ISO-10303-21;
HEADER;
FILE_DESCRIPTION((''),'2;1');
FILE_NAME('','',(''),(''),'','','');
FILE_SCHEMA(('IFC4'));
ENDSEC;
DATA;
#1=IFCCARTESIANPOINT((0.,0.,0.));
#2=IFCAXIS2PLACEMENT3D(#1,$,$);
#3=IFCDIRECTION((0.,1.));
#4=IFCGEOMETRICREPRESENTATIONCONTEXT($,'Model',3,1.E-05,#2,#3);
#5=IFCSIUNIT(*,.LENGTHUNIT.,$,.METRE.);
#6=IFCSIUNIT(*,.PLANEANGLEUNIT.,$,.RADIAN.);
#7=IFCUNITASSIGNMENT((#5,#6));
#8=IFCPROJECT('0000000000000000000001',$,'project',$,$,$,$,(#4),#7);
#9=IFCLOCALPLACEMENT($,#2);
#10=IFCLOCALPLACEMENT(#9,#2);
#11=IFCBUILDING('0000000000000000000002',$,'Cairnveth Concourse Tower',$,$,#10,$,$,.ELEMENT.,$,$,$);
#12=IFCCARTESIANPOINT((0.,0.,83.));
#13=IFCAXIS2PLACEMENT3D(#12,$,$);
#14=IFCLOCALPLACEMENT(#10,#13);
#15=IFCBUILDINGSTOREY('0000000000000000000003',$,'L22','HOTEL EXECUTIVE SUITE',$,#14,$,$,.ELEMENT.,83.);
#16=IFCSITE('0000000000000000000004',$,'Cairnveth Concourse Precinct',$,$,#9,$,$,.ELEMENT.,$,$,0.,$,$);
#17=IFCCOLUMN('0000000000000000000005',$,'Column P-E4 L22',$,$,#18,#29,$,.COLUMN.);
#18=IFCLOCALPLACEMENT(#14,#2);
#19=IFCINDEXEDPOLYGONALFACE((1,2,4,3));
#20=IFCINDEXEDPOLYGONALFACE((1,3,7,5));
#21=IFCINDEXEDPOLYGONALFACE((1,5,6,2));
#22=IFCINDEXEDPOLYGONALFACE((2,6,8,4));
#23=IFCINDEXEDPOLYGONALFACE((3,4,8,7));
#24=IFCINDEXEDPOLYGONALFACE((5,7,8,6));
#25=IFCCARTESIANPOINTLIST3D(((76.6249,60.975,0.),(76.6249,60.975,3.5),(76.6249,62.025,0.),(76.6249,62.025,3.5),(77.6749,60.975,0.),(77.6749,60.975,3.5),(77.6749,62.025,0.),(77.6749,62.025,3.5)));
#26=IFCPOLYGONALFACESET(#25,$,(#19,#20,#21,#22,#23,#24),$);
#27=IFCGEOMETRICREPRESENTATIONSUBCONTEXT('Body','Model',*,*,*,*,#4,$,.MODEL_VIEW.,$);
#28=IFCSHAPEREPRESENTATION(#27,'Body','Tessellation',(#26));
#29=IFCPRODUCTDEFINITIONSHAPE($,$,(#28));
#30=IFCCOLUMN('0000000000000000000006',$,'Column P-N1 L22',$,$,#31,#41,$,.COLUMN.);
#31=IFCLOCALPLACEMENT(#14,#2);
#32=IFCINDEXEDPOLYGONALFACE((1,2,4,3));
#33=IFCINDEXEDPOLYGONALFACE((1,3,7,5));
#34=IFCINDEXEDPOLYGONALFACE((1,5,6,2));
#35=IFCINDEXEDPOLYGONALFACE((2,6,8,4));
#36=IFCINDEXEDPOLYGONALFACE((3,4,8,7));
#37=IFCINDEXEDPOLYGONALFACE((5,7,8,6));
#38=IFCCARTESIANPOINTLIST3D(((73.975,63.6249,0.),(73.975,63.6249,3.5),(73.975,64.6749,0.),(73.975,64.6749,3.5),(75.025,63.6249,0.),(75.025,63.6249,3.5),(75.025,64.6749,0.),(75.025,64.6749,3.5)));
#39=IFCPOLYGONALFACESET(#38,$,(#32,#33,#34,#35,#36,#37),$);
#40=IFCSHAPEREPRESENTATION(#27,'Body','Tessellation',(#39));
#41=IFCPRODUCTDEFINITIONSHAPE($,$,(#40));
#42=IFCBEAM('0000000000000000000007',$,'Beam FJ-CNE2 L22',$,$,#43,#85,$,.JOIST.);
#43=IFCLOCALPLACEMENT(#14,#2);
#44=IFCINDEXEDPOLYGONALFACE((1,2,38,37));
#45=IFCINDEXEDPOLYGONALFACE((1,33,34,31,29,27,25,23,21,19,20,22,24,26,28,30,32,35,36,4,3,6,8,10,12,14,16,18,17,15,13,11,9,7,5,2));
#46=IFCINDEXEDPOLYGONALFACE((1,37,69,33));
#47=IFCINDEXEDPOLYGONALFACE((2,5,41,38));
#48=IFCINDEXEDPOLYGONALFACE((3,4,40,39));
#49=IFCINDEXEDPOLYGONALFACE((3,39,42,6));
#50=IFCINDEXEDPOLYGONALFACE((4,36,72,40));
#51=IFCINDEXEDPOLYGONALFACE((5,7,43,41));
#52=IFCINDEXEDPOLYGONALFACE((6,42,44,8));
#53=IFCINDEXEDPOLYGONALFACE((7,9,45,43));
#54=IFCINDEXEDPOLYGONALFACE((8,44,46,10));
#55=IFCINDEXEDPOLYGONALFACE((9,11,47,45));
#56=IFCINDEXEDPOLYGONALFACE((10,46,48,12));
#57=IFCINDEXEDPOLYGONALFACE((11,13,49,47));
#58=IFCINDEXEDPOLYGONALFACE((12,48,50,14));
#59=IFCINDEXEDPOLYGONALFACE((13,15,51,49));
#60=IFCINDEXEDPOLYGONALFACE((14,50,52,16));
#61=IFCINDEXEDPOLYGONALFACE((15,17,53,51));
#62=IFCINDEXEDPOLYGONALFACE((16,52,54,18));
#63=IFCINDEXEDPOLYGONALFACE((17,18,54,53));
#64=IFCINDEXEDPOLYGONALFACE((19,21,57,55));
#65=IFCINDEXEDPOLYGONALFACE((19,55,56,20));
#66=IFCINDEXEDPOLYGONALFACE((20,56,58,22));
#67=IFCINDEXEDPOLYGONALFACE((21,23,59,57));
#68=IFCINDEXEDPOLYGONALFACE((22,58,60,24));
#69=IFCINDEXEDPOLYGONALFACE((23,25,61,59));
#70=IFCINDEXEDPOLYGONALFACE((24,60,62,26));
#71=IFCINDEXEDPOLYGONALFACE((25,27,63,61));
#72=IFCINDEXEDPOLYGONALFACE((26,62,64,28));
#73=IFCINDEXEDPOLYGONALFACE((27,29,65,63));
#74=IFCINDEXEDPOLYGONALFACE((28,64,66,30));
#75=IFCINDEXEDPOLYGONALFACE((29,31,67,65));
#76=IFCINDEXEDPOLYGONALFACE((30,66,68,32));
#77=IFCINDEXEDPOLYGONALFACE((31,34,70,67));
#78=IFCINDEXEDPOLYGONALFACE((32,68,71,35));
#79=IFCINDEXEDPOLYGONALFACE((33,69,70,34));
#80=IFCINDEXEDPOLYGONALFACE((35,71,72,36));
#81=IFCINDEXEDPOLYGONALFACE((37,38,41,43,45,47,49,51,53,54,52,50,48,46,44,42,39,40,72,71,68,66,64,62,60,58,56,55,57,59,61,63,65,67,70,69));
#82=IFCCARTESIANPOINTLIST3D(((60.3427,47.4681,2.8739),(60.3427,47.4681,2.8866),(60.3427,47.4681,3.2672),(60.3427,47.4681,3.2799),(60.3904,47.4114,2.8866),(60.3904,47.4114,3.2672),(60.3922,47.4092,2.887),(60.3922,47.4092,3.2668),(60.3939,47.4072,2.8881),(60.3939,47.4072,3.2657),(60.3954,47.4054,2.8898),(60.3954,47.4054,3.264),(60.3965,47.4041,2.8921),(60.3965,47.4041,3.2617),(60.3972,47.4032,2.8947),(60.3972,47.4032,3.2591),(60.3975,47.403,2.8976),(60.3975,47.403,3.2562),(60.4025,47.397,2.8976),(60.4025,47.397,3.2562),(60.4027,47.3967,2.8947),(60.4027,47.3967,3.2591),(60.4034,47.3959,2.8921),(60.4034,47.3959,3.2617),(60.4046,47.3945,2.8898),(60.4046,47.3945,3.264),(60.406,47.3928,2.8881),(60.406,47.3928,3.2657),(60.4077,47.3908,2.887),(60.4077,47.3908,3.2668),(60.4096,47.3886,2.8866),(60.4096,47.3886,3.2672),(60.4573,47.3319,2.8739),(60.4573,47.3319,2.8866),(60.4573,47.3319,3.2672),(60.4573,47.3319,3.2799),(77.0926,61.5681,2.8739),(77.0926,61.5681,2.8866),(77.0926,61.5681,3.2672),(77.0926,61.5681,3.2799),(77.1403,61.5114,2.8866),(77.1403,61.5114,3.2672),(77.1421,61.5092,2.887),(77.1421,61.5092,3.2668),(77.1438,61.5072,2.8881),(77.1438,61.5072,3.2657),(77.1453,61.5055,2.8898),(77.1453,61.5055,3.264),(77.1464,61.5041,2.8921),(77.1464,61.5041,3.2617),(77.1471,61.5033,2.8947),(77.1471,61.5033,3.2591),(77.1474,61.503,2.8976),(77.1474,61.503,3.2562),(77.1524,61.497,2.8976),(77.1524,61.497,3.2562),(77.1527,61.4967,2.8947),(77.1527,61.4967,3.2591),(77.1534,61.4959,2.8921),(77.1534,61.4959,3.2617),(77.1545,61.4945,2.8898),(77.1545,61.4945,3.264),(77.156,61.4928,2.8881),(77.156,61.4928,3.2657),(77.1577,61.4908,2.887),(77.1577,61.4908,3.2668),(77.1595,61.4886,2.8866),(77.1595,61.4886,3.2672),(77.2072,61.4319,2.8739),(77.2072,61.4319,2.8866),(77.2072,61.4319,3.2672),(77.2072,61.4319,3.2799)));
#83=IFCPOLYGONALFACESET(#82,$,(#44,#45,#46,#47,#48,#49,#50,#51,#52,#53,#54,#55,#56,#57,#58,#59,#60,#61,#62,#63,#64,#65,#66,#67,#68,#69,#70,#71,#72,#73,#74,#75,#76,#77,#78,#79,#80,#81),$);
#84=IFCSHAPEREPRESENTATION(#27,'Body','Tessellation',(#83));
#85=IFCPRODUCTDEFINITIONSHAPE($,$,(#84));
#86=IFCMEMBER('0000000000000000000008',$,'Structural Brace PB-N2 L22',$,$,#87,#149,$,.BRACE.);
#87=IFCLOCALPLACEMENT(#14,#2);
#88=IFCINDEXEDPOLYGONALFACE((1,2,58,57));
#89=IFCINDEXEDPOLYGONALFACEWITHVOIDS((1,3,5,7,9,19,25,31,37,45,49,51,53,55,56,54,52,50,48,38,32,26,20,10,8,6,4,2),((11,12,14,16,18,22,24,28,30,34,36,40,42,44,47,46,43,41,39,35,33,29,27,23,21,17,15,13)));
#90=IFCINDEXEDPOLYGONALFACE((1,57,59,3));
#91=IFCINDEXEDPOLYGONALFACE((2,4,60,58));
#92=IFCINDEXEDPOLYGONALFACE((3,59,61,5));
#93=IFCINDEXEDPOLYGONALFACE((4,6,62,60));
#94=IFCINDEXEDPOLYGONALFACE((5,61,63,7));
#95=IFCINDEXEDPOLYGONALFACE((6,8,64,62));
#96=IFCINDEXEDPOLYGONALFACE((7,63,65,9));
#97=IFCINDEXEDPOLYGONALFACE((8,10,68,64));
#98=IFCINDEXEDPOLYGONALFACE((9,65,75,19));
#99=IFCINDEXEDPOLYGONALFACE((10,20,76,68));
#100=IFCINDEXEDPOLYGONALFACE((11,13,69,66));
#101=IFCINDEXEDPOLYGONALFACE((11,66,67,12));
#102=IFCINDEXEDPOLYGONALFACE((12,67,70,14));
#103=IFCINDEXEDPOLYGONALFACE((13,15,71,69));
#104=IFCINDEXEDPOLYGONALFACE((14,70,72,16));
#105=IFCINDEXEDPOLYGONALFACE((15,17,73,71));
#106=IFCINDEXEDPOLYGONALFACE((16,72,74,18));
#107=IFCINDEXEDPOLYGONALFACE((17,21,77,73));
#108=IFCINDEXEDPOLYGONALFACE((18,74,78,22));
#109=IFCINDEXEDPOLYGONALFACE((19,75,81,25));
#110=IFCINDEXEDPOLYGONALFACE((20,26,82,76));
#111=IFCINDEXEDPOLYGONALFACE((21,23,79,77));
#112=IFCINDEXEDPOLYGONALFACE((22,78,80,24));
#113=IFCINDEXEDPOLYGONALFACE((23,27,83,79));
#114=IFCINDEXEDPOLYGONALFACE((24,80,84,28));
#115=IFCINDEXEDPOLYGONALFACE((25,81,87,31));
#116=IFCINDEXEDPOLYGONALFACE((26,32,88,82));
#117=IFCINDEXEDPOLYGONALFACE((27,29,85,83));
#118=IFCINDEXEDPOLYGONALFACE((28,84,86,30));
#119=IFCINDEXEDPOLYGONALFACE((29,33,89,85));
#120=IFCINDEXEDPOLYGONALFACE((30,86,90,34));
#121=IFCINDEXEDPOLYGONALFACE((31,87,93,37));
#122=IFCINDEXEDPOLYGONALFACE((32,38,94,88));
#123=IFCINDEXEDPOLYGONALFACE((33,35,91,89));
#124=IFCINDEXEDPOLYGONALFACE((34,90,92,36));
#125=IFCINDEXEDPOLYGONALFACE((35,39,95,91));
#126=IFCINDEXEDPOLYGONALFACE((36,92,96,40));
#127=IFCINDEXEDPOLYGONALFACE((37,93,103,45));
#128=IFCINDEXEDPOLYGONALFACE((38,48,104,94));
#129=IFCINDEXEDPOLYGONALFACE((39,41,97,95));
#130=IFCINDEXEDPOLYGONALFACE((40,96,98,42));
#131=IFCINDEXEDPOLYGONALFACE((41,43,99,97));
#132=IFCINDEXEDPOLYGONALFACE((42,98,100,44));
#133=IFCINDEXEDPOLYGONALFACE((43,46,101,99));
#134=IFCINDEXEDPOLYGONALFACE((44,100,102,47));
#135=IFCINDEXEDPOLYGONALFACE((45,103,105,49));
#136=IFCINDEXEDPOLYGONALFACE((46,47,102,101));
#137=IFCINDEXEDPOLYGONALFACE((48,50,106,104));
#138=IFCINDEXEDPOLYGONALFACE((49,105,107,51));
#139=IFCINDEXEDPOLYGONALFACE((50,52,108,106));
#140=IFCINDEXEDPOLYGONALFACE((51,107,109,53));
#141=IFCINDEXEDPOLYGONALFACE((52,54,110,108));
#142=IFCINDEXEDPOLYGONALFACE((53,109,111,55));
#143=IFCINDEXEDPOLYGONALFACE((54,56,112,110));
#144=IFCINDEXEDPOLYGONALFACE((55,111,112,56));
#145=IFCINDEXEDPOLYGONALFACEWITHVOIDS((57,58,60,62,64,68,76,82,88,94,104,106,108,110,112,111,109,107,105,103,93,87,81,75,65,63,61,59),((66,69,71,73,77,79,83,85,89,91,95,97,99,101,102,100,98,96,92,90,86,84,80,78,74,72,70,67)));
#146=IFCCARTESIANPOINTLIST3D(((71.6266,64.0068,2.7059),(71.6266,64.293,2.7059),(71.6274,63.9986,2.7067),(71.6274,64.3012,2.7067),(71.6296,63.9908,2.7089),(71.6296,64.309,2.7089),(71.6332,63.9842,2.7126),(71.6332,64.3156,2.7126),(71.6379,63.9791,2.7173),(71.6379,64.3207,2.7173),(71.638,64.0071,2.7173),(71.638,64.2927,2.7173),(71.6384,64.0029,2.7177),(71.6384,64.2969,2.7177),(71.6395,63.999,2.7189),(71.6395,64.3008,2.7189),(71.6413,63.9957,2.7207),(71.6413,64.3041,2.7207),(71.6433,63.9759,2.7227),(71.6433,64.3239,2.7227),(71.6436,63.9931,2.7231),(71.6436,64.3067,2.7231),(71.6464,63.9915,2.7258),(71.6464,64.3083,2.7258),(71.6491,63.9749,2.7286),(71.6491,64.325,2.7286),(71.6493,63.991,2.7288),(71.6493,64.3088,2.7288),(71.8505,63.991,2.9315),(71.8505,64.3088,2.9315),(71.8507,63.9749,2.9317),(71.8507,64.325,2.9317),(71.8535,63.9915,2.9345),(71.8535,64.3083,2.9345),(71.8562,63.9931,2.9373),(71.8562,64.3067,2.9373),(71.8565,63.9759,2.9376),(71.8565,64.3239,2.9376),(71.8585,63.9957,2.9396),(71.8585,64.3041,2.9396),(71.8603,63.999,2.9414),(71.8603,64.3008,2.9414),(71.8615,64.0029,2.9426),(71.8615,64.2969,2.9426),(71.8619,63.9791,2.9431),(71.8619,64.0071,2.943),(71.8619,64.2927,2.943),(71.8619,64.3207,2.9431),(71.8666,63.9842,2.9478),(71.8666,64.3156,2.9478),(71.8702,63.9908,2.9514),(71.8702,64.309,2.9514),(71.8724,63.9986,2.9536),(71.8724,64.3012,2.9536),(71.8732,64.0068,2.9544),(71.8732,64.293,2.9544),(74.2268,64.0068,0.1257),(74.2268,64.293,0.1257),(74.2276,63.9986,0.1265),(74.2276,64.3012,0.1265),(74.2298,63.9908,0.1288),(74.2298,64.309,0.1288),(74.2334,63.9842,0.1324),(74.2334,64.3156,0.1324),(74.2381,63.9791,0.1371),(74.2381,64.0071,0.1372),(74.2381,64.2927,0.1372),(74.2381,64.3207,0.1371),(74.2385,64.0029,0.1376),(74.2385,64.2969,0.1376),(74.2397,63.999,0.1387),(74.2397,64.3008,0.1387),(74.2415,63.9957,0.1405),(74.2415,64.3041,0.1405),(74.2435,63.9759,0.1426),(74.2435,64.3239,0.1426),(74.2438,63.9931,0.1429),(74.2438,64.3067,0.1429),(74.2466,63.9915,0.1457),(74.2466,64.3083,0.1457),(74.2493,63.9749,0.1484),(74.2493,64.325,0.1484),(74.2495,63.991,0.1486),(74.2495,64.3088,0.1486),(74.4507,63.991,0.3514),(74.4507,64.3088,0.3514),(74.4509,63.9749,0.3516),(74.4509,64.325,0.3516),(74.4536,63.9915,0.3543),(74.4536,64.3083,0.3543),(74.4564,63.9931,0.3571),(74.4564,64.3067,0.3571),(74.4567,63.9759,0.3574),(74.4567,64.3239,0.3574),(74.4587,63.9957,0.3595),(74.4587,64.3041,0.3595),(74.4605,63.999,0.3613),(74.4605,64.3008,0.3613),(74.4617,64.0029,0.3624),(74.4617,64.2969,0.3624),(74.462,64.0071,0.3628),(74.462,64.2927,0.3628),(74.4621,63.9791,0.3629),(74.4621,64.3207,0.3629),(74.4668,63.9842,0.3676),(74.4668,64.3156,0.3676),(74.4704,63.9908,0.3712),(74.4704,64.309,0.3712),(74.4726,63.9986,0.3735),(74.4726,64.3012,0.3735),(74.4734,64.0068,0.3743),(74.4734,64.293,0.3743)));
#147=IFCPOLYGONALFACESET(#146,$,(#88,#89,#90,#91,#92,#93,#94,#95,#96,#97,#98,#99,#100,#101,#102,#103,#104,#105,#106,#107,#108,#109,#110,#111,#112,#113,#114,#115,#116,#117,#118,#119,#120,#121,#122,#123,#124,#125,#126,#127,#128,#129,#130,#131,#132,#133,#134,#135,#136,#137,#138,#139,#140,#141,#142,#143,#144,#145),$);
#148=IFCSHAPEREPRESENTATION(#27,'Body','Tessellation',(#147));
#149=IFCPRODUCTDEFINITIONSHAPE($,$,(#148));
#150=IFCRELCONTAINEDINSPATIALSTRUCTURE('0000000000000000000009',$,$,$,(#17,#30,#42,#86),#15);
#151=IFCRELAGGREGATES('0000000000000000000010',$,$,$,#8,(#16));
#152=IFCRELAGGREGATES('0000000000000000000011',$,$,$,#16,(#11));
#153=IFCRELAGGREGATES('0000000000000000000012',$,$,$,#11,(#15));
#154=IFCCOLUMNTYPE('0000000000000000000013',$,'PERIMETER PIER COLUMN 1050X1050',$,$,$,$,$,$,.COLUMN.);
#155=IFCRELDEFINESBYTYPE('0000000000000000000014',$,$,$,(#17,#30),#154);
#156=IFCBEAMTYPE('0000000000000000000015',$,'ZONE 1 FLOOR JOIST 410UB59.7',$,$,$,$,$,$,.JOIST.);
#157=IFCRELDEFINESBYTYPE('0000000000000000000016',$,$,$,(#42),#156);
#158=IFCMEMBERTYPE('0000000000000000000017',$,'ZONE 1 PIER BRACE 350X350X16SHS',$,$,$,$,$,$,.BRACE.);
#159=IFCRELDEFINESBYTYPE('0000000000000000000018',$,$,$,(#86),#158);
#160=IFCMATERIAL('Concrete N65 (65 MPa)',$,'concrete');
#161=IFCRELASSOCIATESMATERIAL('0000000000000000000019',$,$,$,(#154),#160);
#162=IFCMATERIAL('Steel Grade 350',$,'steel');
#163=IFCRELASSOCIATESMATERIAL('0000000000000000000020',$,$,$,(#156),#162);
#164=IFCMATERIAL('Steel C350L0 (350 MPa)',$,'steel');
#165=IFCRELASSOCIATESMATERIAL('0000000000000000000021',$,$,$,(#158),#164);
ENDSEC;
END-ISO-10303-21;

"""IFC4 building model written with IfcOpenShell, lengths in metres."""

from ifc_helpers import new_model, si_unit, direction, frame, origin, origin_2d, place, context, subcontext, project, spatial, rectangle, hollow_rectangle, i_section, extrude, material, material_profile, profile_set, type_object, element, save


model = new_model("IFC4")

# Units and contexts
model_context = context("Model", 3, precision=1e-05, world=origin(), true_north=direction((0.0, 1.0)))
body_context = subcontext(model_context, "Body", "Model", "MODEL_VIEW")
ifc_project = project(units=[si_unit("LENGTHUNIT", "METRE"), si_unit("PLANEANGLEUNIT", "RADIAN")], contexts=[model_context])

# Site, building, storey
site_placement = place(None, origin())
site = spatial("IfcSite", under=ifc_project, at=site_placement, Name="Cairnveth Concourse Precinct", CompositionType="ELEMENT", RefElevation=0.0)
building_placement = place(site_placement, origin())
building = spatial("IfcBuilding", under=site, at=building_placement, Name="Cairnveth Concourse Tower", CompositionType="ELEMENT")
storey_placement = place(building_placement, frame((0.0, 0.0, 83.0)))
storey = spatial("IfcBuildingStorey", under=building, at=storey_placement, Name="L22", Description="HOTEL EXECUTIVE SUITE", CompositionType="ELEMENT", Elevation=83.0)

# Columns
ifc_material_1 = material(Name="Concrete N65 (65 MPa)", Category="concrete")
ifc_material_profile_1 = material_profile(ifc_material_1, rectangle(XDim=1.05, YDim=1.05, at=origin_2d()), Name="RC-COL-1050x1050")
ifc_profile_set_1 = profile_set([ifc_material_profile_1], Name="Concrete N65 (65 MPa)")
column_type = type_object("IfcColumnType", Name="PERIMETER PIER COLUMN 1050X1050", PredefinedType="COLUMN", material=ifc_profile_set_1)
for number, where, z_axis, x_axis, name in (
    (1, (77.1499, 61.5, 0.0), (0.0, 0.0, 1.0), (0.0, 1.0, 0.0), "Column P-E4 L22"),
    (2, (74.5, 64.1499, 0.0), (0.0, 0.0, 1.0), (1.0, 0.0, 0.0), "Column P-N1 L22"),
):
    element("IfcColumn", number, at=place(storey_placement, frame(where, z_axis=z_axis, x_axis=x_axis)), inside=storey, type_object=column_type, Name=name, PredefinedType="COLUMN", context=body_context, shape_type="SweptSolid", body=[
        extrude(rectangle(XDim=1.05, YDim=1.05, at=origin_2d()), origin(), (0.0, 0.0, 1.0), 3.5),
    ])

# Beam
ifc_material_2 = material(Name="Steel Grade 350", Category="steel")
ifc_material_profile_2 = material_profile(ifc_material_2, i_section(OverallWidth=0.178, OverallDepth=0.406, WebThickness=0.0078, FlangeThickness=0.0127, FilletRadius=0.011, at=origin_2d()), Name="410UB59.7")
ifc_profile_set_2 = profile_set([ifc_material_profile_2], Name="Steel Grade 350")
beam_type_1 = type_object("IfcBeamType", Name="ZONE 1 FLOOR JOIST 410UB59.7", PredefinedType="JOIST", material=ifc_profile_set_2)
beam_1_placement = place(storey_placement, frame((77.1499, 61.5, 3.0769), z_axis=(-0.765027, -0.643998, 0.0), x_axis=(0.643998, -0.765027, 0.0)))
element("IfcBeam", 3, at=beam_1_placement, inside=storey, type_object=beam_type_1, Name="Beam FJ-CNE2 L22", PredefinedType="JOIST", context=body_context, shape_type="SweptSolid", body=[
    extrude(i_section(OverallWidth=0.178, OverallDepth=0.406, WebThickness=0.0078, FlangeThickness=0.0127, FilletRadius=0.011, at=origin_2d()), origin(), (0.0, 0.0, 1.0), 21.8945),
])

# Member
ifc_material_3 = material(Name="Steel C350L0 (350 MPa)", Category="steel")
ifc_material_profile_3 = material_profile(ifc_material_3, hollow_rectangle(XDim=0.3501, YDim=0.3501, WallThickness=0.0161, InnerFilletRadius=0.0161, OuterFilletRadius=0.032, at=origin_2d()), Name="350x350x16.0SHS")
ifc_profile_set_3 = profile_set([ifc_material_profile_3], Name="Steel C350L0 (350 MPa)")
member_type = type_object("IfcMemberType", Name="ZONE 1 PIER BRACE 350X350X16SHS", PredefinedType="BRACE", material=ifc_profile_set_3)
for number, where, z_axis, x_axis, name in (
    (4, (74.3501, 64.1499, 0.25), (-0.709834, 0.0, 0.704369), (0.0, -1.0, 0.0), "Structural Brace PB-N2 L22"),
):
    element("IfcMember", number, at=place(storey_placement, frame(where, z_axis=z_axis, x_axis=x_axis)), inside=storey, type_object=member_type, Name=name, PredefinedType="BRACE", context=body_context, shape_type="SweptSolid", body=[
        extrude(hollow_rectangle(XDim=0.3501, YDim=0.3501, WallThickness=0.0161, InnerFilletRadius=0.0161, OuterFilletRadius=0.032, at=origin_2d()), origin(), (0.0, 0.0, 1.0), 3.6631),
    ])

save(model, "model.ifc")
